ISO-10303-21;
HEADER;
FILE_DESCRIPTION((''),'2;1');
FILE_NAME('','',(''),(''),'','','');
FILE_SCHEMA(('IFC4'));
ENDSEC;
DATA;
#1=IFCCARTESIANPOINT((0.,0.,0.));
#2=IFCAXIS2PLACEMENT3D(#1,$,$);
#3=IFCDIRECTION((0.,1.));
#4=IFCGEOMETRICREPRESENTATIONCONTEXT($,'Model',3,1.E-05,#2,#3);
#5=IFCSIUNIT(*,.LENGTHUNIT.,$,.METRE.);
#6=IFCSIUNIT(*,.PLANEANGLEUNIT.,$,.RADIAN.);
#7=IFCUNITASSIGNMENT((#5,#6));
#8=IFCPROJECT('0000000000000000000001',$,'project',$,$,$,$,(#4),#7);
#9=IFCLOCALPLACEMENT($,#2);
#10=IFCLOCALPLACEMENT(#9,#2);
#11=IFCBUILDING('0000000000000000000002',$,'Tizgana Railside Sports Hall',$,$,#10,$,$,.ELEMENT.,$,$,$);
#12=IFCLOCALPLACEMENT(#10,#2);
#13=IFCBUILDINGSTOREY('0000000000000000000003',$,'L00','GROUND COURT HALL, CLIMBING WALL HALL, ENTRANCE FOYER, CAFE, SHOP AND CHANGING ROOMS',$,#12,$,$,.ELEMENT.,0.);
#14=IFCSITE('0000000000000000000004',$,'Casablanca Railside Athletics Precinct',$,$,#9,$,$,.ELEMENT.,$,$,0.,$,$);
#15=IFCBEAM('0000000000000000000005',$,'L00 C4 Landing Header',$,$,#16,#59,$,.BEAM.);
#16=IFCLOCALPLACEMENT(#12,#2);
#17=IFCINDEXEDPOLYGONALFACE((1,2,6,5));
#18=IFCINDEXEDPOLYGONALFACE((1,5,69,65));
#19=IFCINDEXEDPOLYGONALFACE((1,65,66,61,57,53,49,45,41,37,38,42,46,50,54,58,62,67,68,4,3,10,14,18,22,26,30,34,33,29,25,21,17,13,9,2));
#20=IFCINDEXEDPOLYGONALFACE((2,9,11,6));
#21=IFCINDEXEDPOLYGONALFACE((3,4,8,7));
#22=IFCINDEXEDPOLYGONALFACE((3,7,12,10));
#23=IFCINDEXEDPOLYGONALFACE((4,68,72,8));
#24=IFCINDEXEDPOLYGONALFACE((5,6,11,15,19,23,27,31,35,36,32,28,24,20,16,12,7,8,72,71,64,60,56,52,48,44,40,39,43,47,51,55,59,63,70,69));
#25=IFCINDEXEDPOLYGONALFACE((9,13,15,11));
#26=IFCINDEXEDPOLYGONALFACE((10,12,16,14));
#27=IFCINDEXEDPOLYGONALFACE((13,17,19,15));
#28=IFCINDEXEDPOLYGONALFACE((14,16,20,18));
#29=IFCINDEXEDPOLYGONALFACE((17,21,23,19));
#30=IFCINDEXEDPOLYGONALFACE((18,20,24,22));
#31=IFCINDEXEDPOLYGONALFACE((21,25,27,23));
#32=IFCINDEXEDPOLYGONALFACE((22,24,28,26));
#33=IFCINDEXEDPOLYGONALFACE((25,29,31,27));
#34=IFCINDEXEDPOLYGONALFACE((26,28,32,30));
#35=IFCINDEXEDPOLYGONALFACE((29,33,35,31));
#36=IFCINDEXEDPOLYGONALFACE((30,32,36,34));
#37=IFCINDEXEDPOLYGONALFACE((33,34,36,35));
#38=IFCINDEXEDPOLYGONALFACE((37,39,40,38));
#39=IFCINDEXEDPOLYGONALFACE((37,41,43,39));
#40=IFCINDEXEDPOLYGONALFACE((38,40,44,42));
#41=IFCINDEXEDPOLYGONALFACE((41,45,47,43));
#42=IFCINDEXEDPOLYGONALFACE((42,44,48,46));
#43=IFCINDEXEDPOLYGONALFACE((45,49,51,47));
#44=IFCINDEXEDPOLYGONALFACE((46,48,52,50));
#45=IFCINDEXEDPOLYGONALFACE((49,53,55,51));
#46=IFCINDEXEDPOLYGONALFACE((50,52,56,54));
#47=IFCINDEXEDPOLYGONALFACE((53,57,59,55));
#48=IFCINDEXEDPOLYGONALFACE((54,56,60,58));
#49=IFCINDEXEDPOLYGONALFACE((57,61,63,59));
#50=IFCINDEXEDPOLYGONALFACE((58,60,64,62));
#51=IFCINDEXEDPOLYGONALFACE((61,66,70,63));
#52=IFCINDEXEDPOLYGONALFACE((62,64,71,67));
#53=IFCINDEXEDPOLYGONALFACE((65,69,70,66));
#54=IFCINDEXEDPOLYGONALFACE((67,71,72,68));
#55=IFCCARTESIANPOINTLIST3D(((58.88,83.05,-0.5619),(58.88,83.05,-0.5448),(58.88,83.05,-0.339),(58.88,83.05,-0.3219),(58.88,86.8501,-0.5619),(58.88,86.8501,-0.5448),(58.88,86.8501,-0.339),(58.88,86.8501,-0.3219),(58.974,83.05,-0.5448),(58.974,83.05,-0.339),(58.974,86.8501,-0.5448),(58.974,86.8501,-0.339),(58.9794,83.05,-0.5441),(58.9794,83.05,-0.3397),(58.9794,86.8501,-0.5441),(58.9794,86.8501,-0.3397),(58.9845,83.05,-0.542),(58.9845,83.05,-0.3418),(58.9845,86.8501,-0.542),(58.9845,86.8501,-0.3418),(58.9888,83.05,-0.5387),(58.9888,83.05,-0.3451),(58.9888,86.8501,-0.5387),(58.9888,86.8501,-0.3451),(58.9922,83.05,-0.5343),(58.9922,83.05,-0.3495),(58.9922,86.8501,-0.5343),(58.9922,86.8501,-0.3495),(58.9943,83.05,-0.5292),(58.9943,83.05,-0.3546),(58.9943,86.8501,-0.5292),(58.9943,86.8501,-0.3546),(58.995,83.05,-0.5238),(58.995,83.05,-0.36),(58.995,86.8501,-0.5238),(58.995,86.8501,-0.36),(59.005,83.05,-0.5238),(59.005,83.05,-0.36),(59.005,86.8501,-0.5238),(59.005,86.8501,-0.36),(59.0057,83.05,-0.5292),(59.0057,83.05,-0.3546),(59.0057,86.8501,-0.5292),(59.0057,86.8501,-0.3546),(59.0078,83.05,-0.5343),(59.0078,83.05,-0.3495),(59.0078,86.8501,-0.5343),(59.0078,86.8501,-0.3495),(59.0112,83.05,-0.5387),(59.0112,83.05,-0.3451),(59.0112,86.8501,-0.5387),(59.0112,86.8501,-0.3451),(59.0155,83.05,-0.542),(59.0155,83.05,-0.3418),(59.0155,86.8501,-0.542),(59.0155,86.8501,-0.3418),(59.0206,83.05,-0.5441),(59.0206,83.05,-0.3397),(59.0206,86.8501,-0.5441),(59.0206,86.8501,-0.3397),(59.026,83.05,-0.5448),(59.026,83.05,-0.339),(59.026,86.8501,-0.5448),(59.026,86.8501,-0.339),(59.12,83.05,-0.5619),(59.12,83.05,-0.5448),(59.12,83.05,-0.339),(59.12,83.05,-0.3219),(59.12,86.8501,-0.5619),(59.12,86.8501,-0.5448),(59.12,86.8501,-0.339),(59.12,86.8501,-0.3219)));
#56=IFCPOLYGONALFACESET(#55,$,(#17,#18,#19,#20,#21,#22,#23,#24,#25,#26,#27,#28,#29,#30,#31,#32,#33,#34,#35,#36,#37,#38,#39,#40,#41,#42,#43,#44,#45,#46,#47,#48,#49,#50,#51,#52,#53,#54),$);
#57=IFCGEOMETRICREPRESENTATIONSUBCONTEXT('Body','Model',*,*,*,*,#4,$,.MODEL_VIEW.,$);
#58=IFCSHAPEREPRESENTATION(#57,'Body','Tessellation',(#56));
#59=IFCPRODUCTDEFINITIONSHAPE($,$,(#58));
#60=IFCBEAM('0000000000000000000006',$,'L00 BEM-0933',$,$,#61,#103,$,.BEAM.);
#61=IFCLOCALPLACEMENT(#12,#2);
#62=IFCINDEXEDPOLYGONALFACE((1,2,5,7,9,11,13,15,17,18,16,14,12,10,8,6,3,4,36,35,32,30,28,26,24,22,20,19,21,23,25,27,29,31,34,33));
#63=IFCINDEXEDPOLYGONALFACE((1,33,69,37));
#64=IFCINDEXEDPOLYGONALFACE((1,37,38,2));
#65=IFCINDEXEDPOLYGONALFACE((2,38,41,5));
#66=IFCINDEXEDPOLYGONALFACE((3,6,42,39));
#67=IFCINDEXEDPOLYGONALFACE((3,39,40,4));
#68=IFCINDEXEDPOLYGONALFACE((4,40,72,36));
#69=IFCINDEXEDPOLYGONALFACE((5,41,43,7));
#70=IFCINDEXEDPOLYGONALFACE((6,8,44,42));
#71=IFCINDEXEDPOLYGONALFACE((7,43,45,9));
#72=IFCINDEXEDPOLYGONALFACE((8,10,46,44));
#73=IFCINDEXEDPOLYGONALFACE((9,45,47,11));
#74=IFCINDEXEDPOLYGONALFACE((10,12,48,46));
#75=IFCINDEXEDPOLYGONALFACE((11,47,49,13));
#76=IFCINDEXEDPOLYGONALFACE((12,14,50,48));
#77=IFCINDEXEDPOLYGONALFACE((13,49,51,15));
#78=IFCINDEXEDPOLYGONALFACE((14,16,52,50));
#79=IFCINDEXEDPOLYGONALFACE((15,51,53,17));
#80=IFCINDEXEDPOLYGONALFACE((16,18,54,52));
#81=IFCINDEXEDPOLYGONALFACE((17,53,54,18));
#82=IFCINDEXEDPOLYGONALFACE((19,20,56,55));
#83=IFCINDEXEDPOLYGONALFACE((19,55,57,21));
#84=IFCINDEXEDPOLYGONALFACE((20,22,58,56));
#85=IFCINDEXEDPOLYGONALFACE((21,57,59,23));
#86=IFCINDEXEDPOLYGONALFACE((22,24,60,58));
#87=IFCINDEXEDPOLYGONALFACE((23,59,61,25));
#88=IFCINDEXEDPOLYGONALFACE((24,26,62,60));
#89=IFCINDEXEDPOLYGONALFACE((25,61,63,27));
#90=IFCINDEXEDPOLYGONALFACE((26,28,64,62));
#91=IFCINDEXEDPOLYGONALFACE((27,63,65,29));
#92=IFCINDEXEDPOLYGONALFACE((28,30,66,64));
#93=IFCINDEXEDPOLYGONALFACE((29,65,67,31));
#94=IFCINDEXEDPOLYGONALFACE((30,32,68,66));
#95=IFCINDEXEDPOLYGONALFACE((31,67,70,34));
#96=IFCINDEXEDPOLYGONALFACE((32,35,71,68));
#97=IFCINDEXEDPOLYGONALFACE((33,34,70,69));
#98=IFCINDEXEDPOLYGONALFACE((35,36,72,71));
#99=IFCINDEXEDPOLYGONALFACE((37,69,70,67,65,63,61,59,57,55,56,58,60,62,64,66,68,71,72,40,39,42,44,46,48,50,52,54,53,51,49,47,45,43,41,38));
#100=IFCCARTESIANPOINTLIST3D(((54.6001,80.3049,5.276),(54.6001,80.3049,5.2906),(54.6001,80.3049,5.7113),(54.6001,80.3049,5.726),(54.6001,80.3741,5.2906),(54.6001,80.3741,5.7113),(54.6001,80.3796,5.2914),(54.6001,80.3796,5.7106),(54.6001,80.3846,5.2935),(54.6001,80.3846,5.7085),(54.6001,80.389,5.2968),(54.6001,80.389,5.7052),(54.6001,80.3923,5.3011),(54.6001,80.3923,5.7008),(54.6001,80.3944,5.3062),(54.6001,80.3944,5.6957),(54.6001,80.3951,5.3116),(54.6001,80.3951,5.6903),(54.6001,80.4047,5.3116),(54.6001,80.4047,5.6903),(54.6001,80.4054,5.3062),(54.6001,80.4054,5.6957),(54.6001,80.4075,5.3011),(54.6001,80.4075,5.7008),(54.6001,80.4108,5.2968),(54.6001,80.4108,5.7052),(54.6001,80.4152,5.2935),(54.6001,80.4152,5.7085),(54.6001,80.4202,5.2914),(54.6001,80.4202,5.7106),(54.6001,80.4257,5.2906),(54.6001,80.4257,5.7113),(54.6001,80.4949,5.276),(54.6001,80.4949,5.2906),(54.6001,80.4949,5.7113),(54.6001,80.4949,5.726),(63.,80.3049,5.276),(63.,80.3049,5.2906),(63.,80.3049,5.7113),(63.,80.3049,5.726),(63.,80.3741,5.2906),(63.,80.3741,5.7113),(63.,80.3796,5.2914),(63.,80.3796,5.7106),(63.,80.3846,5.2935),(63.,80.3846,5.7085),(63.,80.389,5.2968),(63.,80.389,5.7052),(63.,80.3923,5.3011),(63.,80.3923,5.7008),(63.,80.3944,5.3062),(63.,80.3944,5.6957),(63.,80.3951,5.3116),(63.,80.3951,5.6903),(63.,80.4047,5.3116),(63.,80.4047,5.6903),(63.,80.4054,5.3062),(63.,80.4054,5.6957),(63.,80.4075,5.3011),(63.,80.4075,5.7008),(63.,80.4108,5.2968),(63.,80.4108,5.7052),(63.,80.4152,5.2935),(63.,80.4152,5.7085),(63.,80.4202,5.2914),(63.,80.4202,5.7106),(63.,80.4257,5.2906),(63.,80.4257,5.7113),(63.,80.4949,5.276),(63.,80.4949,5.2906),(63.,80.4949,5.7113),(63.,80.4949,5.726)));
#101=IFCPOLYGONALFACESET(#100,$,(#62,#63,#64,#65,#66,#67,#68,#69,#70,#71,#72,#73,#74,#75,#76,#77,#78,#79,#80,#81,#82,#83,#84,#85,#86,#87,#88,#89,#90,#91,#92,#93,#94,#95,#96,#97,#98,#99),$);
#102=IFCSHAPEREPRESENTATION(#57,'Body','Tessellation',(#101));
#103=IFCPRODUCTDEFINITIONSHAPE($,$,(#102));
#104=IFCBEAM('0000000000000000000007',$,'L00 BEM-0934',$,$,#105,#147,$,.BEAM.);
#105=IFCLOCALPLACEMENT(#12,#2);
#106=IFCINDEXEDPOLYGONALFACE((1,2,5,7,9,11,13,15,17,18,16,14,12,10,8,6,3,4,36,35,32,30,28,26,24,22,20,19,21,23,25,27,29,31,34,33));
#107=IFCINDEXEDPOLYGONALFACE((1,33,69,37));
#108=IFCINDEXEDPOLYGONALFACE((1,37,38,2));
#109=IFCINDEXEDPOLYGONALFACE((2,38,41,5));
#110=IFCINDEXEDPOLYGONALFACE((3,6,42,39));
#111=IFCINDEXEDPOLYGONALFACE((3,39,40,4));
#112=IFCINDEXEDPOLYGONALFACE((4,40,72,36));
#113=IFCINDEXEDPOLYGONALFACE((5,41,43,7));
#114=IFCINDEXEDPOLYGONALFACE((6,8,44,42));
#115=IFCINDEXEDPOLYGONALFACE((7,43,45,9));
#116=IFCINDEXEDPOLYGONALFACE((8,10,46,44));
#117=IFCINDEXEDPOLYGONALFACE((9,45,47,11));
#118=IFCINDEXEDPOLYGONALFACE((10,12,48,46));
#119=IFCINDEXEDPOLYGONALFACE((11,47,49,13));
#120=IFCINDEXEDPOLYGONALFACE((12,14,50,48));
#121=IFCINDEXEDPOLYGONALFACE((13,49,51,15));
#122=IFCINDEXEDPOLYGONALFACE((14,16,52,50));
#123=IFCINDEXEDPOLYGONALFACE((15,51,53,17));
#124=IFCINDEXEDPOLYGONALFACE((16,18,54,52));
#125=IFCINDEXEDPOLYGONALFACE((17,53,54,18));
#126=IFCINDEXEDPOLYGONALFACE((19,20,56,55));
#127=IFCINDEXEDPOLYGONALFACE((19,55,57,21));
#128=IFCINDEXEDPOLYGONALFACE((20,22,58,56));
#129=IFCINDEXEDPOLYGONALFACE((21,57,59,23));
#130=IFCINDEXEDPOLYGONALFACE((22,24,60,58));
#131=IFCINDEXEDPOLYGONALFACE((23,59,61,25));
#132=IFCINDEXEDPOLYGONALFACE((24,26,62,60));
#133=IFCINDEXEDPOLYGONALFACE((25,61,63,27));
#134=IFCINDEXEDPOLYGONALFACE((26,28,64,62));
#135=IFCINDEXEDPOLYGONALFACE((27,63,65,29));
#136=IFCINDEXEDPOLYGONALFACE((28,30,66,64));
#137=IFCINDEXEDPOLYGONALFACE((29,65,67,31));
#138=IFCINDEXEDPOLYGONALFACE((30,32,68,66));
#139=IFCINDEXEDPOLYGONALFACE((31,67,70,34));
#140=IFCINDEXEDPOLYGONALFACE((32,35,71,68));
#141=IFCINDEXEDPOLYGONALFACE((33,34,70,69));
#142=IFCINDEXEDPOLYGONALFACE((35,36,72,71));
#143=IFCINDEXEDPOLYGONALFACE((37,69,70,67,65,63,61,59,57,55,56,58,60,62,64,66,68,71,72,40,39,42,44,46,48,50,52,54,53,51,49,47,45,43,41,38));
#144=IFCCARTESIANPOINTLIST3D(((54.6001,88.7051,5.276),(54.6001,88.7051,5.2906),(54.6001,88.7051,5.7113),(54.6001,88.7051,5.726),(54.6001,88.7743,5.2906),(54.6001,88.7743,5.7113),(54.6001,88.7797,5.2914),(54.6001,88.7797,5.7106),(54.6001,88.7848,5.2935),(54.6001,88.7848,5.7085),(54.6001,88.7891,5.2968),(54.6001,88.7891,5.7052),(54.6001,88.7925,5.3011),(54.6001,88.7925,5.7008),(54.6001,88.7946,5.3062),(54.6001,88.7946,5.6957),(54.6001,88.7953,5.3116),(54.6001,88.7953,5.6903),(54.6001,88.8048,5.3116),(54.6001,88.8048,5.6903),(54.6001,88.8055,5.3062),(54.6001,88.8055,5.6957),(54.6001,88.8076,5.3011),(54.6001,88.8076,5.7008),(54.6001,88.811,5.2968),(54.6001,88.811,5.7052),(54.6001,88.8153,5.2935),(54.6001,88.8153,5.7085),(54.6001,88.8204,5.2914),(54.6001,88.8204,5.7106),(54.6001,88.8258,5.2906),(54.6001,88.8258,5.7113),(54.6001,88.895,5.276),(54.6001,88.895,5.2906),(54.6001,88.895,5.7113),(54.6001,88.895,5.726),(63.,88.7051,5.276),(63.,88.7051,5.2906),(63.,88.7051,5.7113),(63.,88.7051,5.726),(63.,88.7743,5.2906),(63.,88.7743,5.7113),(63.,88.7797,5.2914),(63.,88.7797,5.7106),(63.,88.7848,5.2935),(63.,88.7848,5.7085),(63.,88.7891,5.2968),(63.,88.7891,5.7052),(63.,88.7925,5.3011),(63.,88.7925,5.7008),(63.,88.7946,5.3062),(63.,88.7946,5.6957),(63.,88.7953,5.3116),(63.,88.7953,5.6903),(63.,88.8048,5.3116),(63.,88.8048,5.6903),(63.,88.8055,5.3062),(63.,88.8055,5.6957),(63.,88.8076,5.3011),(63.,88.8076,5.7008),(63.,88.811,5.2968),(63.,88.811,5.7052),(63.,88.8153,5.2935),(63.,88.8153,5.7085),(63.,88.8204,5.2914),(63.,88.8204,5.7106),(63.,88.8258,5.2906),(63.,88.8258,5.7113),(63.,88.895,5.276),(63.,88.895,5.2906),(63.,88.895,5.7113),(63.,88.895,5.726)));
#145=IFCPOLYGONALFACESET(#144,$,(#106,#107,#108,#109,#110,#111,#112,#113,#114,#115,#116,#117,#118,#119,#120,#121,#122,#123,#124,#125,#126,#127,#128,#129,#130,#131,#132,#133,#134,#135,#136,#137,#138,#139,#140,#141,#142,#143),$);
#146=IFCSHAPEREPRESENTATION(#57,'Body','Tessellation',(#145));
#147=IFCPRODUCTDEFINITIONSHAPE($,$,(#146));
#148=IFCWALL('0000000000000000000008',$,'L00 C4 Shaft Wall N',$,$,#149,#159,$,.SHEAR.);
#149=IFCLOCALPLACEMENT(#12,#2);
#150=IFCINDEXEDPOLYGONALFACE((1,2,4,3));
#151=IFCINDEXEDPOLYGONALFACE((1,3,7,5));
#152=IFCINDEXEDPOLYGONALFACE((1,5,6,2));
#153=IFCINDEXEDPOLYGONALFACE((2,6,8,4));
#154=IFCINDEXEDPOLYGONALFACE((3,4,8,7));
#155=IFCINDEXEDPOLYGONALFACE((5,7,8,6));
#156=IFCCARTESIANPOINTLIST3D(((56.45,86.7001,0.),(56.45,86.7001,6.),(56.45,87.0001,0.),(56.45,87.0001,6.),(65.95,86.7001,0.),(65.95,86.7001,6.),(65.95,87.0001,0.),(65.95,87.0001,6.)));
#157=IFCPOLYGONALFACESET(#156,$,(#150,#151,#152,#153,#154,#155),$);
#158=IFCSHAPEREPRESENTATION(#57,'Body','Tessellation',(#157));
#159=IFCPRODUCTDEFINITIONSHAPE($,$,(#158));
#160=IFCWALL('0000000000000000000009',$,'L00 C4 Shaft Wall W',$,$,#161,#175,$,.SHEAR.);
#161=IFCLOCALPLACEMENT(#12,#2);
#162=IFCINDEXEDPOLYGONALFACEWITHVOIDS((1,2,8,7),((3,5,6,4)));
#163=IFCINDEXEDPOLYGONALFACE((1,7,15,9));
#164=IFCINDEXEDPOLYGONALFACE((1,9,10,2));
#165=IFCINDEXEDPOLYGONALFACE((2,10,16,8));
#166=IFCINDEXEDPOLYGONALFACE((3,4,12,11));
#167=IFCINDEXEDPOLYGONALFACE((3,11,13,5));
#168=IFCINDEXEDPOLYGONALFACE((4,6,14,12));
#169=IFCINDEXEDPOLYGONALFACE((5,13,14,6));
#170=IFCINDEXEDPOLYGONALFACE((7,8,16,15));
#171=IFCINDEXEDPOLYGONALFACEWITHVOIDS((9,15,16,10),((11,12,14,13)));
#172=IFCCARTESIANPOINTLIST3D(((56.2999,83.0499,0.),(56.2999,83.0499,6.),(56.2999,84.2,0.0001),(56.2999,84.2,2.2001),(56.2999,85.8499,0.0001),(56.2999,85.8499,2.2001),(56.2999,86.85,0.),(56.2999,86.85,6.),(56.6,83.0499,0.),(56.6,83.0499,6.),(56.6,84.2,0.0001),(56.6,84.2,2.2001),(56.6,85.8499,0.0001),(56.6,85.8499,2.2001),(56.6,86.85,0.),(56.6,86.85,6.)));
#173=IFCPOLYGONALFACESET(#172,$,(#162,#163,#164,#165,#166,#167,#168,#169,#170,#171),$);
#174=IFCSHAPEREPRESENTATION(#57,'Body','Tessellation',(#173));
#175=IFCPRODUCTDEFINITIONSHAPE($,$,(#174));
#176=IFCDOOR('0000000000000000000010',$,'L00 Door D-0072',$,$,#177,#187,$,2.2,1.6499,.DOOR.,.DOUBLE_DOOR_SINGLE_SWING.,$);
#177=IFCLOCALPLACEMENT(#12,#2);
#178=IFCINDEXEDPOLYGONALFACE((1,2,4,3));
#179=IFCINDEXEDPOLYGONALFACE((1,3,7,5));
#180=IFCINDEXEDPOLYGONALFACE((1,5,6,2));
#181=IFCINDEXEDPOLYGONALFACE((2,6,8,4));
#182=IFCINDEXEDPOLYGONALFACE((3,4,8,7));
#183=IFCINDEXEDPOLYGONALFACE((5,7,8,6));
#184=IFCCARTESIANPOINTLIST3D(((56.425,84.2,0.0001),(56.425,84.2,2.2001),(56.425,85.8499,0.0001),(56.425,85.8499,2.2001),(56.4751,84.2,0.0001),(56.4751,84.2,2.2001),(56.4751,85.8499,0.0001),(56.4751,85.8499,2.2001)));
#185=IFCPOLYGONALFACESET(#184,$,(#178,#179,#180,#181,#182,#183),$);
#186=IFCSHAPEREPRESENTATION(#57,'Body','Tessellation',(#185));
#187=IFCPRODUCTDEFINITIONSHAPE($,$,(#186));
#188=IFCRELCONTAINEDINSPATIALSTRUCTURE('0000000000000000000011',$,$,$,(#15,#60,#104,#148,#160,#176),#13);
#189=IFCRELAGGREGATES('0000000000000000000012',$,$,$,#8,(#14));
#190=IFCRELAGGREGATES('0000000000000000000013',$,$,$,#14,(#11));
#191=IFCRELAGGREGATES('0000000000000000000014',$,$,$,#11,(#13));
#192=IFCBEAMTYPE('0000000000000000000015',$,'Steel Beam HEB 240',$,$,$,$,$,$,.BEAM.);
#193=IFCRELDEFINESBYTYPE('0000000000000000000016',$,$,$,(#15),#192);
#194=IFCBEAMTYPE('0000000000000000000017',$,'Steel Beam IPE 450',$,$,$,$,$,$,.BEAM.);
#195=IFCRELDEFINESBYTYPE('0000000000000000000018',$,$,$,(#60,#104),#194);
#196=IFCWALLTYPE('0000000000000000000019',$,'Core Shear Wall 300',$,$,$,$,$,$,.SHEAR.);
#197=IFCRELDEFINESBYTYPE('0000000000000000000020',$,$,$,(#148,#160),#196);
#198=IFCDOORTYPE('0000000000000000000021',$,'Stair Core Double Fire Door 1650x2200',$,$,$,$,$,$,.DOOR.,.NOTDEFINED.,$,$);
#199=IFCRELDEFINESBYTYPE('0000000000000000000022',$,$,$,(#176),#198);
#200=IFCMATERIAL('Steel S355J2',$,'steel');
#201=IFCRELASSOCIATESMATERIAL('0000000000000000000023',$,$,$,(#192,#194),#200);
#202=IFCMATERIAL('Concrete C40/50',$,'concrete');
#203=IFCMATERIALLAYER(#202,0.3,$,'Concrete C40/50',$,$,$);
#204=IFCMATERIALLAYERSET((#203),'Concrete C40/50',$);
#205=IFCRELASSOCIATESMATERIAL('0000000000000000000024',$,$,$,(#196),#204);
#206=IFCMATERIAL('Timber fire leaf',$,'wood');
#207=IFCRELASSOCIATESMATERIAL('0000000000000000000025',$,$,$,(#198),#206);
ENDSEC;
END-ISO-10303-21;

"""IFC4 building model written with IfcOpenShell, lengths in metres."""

from ifc_helpers import new_model, si_unit, direction, frame, frame_2d, origin, origin_2d, place, context, subcontext, project, spatial, rectangle, i_section, extrude, material, layer, layer_set, material_profile, profile_set, type_object, element, fill, save


model = new_model("IFC4")

# Units and contexts
model_context = context("Model", 3, precision=1e-05, world=origin(), true_north=direction((0.0, 1.0)))
body_context = subcontext(model_context, "Body", "Model", "MODEL_VIEW")
ifc_project = project(units=[si_unit("LENGTHUNIT", "METRE"), si_unit("PLANEANGLEUNIT", "RADIAN")], contexts=[model_context])

# Site, building, storey
site_placement = place(None, origin())
site = spatial("IfcSite", under=ifc_project, at=site_placement, Name="Casablanca Railside Athletics Precinct", CompositionType="ELEMENT", RefElevation=0.0)
building_placement = place(site_placement, origin())
building = spatial("IfcBuilding", under=site, at=building_placement, Name="Tizgana Railside Sports Hall", CompositionType="ELEMENT")
storey_placement = place(building_placement, origin())
storey = spatial("IfcBuildingStorey", under=building, at=storey_placement, Name="L00", Description="GROUND COURT HALL, CLIMBING WALL HALL, ENTRANCE FOYER, CAFE, SHOP AND CHANGING ROOMS", CompositionType="ELEMENT", Elevation=0.0)

# Shared definitions
ifc_material_1 = material(Name="Concrete C40/50", Category="concrete")

# Beams
ifc_material_2 = material(Name="Steel S355J2", Category="steel")
ifc_material_profile_1 = material_profile(ifc_material_2, i_section(OverallWidth=0.24, OverallDepth=0.24, WebThickness=0.01, FlangeThickness=0.0171, FilletRadius=0.021, at=origin_2d()), Name="HEB 240")
ifc_profile_set_1 = profile_set([ifc_material_profile_1], Name="Steel S355J2")
beam_type_1 = type_object("IfcBeamType", Name="Steel Beam HEB 240", PredefinedType="BEAM", material=ifc_profile_set_1)
beam_placement = place(storey_placement, frame((59.0, 83.05, -0.4419), z_axis=(0.0, 1.0, 0.0), x_axis=(-1.0, 0.0, 0.0)))
element("IfcBeam", 1, at=beam_placement, inside=storey, type_object=beam_type_1, Name="L00 C4 Landing Header", PredefinedType="BEAM", context=body_context, shape_type="SweptSolid", body=[
    extrude(i_section(OverallWidth=0.24, OverallDepth=0.24, WebThickness=0.01, FlangeThickness=0.0171, FilletRadius=0.021, at=origin_2d()), origin(), (0.0, 0.0, 1.0), 3.8),
])
ifc_material_profile_2 = material_profile(ifc_material_2, i_section(OverallWidth=0.1899, OverallDepth=0.45, WebThickness=0.0095, FlangeThickness=0.0146, FilletRadius=0.021, at=origin_2d()), Name="IPE 450")
ifc_profile_set_2 = profile_set([ifc_material_profile_2], Name="Steel S355J2")
beam_type_2 = type_object("IfcBeamType", Name="Steel Beam IPE 450", PredefinedType="BEAM", material=ifc_profile_set_2)
for number, where, z_axis, x_axis, name in (
    (2, (54.6001, 80.3999, 5.501), (1.0, 0.0, 0.0), (0.0, 1.0, 0.0), "L00 BEM-0933"),
    (3, (54.6001, 88.8, 5.501), (1.0, 0.0, 0.0), (0.0, 1.0, 0.0), "L00 BEM-0934"),
):
    element("IfcBeam", number, at=place(storey_placement, frame(where, z_axis=z_axis, x_axis=x_axis)), inside=storey, type_object=beam_type_2, Name=name, PredefinedType="BEAM", context=body_context, shape_type="SweptSolid", body=[
        extrude(i_section(OverallWidth=0.1899, OverallDepth=0.45, WebThickness=0.0095, FlangeThickness=0.0146, FilletRadius=0.021, at=origin_2d()), origin(), (0.0, 0.0, 1.0), 8.3999),
    ])

# Wall
ifc_layer_1 = layer(ifc_material_1, 0.3, Name="Concrete C40/50")
ifc_layer_set_1 = layer_set([ifc_layer_1], Name="Concrete C40/50")
wall_type_1 = type_object("IfcWallType", Name="Core Shear Wall 300", PredefinedType="SHEAR", material=ifc_layer_set_1)
wall_1_placement = place(storey_placement, frame((56.45, 86.8501, 0.0), z_axis=(0.0, 0.0, 1.0), x_axis=(1.0, 0.0, 0.0)))
element("IfcWall", 4, at=wall_1_placement, inside=storey, type_object=wall_type_1, Name="L00 C4 Shaft Wall N", PredefinedType="SHEAR", context=body_context, shape_type="SweptSolid", body=[
    extrude(rectangle(XDim=9.5, YDim=0.3, at=frame_2d((4.75, 0.0))), origin(), (0.0, 0.0, 1.0), 6.0),
])

# Wall, opening, door
wall_2_placement = place(storey_placement, frame((56.45, 83.05, 0.0), z_axis=(0.0, 0.0, 1.0), x_axis=(0.0, 1.0, 0.0)))
wall_2 = element("IfcWall", 5, at=wall_2_placement, inside=storey, type_object=wall_type_1, Name="L00 C4 Shaft Wall W", PredefinedType="SHEAR", context=body_context, shape_type="SweptSolid", body=[
    extrude(rectangle(XDim=3.8, YDim=0.3, at=frame_2d((1.8999, 0.0))), origin(), (0.0, 0.0, 1.0), 6.0),
])
opening_1_placement = place(wall_2_placement, frame((1.1499, 0.0, 0.0)))
opening_1 = element("IfcOpeningElement", 6, at=opening_1_placement, cuts=wall_2, PredefinedType="OPENING", context=body_context, shape_type="SweptSolid", body=[
    extrude(rectangle(XDim=1.6499, YDim=2.2, at=frame_2d((0.825, 1.1001))), frame((0.0, 0.1599, 0.0), z_axis=(0.0, -1.0, 0.0), x_axis=(1.0, 0.0, 0.0)), (0.0, 0.0, 1.0), 0.3201),
])
ifc_material_3 = material(Name="Timber fire leaf", Category="wood")
door_type_1 = type_object("IfcDoorType", Name="Stair Core Double Fire Door 1650x2200", OperationType="NOTDEFINED", PredefinedType="DOOR", material=ifc_material_3)
door_1_placement = place(opening_1_placement, origin())
door_1 = element("IfcDoor", 7, at=door_1_placement, inside=storey, type_object=door_type_1, Name="L00 Door D-0072", OperationType="DOUBLE_DOOR_SINGLE_SWING", OverallHeight=2.2, OverallWidth=1.6499, PredefinedType="DOOR", context=body_context, shape_type="SweptSolid", body=[
    extrude(rectangle(XDim=1.6499, YDim=2.2, at=frame_2d((0.825, 1.1001))), frame((0.0, 0.0249, 0.0), z_axis=(0.0, -1.0, 0.0), x_axis=(1.0, 0.0, 0.0)), (0.0, 0.0, 1.0), 0.05),
])
fill(opening_1, door_1)

save(model, "model.ifc")
